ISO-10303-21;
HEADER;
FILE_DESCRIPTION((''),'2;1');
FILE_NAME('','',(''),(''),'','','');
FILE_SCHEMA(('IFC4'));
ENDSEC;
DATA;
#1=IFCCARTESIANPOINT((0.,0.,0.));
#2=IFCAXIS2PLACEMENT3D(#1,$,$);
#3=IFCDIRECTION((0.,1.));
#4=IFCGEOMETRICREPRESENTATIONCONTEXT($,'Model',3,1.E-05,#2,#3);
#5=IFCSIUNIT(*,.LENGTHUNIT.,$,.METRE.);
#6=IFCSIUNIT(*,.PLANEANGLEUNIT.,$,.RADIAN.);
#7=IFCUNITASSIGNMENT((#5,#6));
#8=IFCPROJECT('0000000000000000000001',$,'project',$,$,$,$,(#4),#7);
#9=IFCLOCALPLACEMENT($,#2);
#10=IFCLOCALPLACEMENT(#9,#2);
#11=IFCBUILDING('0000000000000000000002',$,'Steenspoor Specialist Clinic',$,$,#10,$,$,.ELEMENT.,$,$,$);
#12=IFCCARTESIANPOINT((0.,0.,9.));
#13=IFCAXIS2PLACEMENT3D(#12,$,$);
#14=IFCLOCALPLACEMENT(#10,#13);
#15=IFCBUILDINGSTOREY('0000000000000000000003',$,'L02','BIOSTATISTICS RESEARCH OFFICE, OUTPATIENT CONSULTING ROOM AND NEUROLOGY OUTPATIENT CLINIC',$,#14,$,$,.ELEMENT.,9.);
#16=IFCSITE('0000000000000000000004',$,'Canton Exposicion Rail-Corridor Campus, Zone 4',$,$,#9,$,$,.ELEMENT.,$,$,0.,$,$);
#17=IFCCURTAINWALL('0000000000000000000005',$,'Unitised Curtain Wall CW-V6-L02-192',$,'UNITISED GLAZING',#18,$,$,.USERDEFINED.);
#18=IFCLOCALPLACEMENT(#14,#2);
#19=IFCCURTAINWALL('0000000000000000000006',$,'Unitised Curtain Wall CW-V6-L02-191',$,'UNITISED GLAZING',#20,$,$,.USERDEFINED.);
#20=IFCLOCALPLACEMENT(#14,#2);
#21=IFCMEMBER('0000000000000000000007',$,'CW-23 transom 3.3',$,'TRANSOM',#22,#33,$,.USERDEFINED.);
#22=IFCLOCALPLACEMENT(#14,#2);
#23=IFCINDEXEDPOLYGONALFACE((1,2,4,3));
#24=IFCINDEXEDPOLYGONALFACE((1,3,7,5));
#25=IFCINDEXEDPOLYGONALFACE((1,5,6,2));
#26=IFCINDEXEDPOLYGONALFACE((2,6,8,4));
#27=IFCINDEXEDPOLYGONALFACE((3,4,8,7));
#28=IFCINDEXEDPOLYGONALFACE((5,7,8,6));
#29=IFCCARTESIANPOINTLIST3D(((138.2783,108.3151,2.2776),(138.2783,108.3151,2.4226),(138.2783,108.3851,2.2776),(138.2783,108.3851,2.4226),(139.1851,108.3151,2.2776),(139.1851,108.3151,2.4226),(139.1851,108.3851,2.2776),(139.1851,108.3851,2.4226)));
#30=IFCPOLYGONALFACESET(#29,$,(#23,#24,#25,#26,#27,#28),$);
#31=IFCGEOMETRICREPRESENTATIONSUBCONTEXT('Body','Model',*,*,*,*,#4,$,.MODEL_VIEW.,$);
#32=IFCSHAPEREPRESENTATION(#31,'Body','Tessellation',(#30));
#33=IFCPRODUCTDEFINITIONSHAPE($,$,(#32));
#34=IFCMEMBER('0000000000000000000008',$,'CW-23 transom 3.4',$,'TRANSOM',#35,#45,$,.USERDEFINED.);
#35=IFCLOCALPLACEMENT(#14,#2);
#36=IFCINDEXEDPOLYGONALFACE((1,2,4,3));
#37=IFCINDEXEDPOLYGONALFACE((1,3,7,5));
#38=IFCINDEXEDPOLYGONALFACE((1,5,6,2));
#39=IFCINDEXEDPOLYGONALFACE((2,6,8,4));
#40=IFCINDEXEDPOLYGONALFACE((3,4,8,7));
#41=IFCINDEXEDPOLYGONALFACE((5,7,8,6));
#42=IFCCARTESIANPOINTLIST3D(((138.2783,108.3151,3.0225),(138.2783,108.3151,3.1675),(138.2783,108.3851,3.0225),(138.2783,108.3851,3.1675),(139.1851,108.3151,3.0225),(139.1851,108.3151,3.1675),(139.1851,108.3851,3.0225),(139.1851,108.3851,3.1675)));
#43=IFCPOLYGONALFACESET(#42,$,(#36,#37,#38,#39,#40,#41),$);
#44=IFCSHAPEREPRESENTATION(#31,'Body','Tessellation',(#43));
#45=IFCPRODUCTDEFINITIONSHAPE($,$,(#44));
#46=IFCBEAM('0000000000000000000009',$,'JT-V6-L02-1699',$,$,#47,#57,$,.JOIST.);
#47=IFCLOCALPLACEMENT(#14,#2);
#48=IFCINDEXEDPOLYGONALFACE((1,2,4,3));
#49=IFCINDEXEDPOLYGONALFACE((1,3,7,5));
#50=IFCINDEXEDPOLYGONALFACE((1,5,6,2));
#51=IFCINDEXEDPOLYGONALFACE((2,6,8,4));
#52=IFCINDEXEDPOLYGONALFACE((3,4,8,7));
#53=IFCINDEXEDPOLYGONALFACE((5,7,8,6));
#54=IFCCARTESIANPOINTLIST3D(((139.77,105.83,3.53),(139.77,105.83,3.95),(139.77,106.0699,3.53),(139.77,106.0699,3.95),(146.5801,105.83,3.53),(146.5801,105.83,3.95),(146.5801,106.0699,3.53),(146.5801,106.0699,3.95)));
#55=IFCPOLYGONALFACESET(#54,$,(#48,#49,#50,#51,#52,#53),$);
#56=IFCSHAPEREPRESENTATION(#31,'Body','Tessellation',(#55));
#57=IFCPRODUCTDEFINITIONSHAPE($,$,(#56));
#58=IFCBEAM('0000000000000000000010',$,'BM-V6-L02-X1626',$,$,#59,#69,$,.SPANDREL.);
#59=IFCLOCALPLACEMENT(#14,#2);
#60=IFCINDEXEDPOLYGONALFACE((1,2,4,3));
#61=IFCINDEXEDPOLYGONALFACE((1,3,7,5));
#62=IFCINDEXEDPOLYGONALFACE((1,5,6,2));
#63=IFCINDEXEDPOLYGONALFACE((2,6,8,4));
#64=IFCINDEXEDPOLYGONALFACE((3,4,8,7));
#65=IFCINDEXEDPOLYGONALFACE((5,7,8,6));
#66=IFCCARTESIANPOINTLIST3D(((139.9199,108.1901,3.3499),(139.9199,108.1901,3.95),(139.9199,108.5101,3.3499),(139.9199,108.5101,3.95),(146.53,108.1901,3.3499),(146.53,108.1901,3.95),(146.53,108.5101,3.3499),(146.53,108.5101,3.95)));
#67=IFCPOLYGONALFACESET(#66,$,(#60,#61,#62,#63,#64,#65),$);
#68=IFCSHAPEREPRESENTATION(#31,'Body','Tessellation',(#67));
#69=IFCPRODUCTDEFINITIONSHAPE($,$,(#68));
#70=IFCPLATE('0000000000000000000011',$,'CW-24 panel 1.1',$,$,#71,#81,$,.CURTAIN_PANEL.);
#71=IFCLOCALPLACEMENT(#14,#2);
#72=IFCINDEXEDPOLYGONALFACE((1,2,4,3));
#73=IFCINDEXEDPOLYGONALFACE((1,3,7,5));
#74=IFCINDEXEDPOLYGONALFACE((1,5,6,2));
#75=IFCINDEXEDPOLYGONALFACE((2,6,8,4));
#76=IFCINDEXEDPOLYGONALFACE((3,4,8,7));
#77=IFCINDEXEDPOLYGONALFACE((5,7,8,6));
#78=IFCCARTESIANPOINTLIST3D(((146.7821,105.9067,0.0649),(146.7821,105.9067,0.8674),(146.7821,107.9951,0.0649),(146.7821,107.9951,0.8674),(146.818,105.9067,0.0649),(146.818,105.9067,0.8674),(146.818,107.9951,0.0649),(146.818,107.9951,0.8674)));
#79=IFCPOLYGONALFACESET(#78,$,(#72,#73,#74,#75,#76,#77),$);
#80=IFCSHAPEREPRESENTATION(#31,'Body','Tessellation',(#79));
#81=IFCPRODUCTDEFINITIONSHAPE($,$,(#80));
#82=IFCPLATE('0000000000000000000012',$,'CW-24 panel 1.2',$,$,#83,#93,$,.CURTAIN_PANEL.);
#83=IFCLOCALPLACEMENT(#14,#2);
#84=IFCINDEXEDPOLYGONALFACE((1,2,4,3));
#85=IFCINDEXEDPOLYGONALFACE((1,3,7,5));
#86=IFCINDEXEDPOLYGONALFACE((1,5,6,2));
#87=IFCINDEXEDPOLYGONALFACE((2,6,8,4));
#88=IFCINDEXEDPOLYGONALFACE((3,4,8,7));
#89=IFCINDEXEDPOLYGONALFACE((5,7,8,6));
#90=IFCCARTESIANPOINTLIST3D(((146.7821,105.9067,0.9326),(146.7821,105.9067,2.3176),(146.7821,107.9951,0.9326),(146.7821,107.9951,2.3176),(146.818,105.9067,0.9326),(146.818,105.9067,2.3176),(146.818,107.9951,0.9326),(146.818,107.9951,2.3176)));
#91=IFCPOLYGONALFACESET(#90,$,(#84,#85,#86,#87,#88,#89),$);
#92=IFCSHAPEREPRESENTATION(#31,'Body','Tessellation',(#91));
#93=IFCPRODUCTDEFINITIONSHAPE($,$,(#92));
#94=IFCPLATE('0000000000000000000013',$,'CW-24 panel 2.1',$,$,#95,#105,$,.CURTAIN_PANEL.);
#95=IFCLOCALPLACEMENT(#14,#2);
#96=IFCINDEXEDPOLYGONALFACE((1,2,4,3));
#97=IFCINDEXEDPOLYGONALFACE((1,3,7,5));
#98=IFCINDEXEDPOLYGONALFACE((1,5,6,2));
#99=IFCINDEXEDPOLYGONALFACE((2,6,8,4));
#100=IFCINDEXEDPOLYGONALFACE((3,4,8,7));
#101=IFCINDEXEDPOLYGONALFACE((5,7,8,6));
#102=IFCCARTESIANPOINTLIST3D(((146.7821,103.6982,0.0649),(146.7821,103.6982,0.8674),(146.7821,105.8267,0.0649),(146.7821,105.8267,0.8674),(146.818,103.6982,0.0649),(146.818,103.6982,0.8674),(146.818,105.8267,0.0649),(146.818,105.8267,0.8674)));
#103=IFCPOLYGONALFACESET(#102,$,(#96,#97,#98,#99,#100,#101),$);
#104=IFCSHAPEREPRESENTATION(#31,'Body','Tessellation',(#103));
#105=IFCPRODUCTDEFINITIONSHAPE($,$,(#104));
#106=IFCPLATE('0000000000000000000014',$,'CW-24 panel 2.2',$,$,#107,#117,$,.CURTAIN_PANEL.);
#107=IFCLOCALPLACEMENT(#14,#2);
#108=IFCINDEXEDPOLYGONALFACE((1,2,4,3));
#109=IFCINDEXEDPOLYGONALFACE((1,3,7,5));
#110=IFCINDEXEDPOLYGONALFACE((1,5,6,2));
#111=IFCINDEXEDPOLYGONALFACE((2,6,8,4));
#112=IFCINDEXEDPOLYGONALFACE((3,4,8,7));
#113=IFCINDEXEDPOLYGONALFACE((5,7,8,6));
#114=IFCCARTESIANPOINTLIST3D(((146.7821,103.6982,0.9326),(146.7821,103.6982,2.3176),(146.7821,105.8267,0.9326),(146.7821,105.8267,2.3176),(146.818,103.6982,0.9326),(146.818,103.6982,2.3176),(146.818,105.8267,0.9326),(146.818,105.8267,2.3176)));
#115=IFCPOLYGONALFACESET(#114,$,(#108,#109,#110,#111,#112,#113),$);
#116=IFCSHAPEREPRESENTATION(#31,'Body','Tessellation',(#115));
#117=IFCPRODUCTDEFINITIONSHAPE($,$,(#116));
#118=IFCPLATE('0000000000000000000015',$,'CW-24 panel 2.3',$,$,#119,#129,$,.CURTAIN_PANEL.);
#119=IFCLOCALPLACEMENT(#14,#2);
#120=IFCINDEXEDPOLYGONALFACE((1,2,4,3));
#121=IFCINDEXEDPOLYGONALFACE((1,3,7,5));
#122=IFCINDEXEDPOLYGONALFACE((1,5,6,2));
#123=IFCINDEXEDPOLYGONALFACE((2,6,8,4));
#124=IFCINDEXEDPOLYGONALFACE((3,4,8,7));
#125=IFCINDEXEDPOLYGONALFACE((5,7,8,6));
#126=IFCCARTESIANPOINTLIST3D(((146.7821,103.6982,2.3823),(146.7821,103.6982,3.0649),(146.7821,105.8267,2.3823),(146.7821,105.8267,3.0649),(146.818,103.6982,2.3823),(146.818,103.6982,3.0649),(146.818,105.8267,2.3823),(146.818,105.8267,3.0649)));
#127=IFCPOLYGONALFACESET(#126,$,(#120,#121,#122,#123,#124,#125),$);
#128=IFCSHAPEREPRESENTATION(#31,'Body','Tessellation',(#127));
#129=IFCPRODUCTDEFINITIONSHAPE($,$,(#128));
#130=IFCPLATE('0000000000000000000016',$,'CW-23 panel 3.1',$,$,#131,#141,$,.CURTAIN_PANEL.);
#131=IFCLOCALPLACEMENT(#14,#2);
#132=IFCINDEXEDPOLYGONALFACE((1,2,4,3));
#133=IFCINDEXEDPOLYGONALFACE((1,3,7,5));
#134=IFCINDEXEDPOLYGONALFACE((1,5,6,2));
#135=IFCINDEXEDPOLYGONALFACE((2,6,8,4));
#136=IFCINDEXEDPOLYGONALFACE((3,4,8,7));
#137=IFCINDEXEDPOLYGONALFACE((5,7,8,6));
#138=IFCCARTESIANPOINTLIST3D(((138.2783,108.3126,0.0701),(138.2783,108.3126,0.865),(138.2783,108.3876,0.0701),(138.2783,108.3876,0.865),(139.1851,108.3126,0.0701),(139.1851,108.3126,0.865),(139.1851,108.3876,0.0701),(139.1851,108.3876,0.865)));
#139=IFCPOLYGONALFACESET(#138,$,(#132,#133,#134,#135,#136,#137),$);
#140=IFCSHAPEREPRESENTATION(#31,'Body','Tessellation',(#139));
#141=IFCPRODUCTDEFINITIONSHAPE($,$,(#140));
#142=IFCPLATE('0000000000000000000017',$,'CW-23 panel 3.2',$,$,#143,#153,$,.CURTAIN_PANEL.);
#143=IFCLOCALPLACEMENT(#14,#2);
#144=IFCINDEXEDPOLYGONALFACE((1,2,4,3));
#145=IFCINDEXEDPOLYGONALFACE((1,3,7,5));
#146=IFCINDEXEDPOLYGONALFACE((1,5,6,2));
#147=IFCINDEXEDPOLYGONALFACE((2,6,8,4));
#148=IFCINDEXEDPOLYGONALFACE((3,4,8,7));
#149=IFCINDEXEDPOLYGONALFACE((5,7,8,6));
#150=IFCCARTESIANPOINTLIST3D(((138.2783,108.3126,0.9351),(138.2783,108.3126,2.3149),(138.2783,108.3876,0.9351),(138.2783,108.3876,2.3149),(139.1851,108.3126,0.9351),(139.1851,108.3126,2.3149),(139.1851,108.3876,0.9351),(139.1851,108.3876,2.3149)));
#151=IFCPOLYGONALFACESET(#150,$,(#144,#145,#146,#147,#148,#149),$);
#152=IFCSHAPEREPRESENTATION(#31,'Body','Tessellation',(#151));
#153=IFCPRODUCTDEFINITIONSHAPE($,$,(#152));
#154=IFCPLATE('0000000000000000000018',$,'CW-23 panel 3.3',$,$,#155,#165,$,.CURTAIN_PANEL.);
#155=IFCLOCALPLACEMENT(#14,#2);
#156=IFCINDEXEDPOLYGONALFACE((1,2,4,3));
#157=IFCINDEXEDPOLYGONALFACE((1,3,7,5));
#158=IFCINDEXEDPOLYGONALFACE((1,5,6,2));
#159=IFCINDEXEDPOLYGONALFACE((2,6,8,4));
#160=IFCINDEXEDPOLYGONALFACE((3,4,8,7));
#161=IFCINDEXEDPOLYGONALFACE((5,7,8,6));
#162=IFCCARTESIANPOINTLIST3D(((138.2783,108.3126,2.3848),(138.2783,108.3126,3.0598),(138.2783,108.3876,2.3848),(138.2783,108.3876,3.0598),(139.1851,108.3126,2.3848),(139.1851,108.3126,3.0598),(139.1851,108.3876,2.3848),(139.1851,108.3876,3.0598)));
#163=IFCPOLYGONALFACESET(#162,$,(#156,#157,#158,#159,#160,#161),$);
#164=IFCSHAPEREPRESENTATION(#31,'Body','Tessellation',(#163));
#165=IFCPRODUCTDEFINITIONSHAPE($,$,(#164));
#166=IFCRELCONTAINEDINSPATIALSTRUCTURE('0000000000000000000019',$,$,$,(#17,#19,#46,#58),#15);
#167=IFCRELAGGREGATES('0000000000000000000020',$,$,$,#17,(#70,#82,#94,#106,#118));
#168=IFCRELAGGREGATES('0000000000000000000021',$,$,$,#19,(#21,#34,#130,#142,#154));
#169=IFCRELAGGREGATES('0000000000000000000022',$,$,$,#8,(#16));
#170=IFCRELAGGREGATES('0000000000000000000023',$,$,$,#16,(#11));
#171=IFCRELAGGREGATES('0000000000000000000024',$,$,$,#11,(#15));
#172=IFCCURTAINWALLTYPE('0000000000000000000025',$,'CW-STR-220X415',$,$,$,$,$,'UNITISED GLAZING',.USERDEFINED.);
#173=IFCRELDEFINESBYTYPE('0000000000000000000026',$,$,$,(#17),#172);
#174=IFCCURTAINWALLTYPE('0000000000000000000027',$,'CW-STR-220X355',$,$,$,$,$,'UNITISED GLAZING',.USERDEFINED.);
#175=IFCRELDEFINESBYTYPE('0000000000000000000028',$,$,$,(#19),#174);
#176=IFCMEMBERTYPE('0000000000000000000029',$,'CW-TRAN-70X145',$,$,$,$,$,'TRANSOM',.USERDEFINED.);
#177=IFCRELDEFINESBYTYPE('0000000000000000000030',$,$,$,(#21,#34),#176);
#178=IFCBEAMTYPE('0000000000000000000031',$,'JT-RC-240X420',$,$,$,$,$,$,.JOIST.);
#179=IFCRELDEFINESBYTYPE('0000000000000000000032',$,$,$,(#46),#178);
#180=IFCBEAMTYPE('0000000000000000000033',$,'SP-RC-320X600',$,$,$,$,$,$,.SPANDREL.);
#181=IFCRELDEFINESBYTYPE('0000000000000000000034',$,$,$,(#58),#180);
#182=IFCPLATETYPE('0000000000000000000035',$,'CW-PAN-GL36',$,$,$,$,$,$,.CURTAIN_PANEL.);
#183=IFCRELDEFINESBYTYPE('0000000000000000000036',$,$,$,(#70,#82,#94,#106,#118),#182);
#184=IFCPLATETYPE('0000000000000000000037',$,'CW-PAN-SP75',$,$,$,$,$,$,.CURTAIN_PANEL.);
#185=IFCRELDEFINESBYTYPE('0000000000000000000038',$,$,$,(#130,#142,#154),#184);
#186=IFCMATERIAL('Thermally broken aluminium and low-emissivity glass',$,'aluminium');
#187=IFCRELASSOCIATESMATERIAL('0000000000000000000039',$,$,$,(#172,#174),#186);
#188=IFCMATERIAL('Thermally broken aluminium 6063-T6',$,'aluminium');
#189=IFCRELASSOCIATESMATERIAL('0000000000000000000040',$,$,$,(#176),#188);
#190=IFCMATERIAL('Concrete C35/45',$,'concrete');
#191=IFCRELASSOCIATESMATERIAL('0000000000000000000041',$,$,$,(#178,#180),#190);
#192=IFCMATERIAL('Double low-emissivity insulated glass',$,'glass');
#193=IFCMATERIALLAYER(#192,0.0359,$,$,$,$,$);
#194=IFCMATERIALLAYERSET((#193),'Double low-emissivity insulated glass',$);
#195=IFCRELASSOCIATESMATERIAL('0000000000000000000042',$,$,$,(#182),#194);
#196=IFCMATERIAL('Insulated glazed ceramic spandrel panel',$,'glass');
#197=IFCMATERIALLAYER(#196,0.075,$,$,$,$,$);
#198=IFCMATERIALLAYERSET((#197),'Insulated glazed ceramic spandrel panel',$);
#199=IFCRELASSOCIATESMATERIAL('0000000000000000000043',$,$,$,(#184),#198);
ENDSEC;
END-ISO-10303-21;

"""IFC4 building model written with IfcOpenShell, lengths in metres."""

from ifc_helpers import new_model, si_unit, direction, frame, origin, origin_2d, place, context, subcontext, project, spatial, rectangle, extrude, material, layer, layer_set, material_profile, profile_set, type_object, element, aggregate, save


model = new_model("IFC4")

# Units and contexts
model_context = context("Model", 3, precision=1e-05, world=origin(), true_north=direction((0.0, 1.0)))
body_context = subcontext(model_context, "Body", "Model", "MODEL_VIEW")
ifc_project = project(units=[si_unit("LENGTHUNIT", "METRE"), si_unit("PLANEANGLEUNIT", "RADIAN")], contexts=[model_context])

# Site, building, storey
site_placement = place(None, origin())
site = spatial("IfcSite", under=ifc_project, at=site_placement, Name="Canton Exposicion Rail-Corridor Campus, Zone 4", CompositionType="ELEMENT", RefElevation=0.0)
building_placement = place(site_placement, origin())
building = spatial("IfcBuilding", under=site, at=building_placement, Name="Steenspoor Specialist Clinic", CompositionType="ELEMENT")
storey_placement = place(building_placement, frame((0.0, 0.0, 9.0)))
storey = spatial("IfcBuildingStorey", under=building, at=storey_placement, Name="L02", Description="BIOSTATISTICS RESEARCH OFFICE, OUTPATIENT CONSULTING ROOM AND NEUROLOGY OUTPATIENT CLINIC", CompositionType="ELEMENT", Elevation=9.0)

# Curtain walls
ifc_material_1 = material(Name="Thermally broken aluminium and low-emissivity glass", Category="aluminium")
curtain_wall_type_1 = type_object("IfcCurtainWallType", Name="CW-STR-220X415", ElementType="UNITISED GLAZING", PredefinedType="USERDEFINED", material=ifc_material_1)
curtain_wall_1_placement = place(storey_placement, origin())
curtain_wall_1 = element("IfcCurtainWall", 1, at=curtain_wall_1_placement, inside=storey, type_object=curtain_wall_type_1, Name="Unitised Curtain Wall CW-V6-L02-192", ObjectType="UNITISED GLAZING", PredefinedType="USERDEFINED")
ifc_material_2 = material(Name="Thermally broken aluminium 6063-T6", Category="aluminium")
curtain_wall_type_2 = type_object("IfcCurtainWallType", Name="CW-STR-220X355", ElementType="UNITISED GLAZING", PredefinedType="USERDEFINED", material=ifc_material_1)
curtain_wall_2_placement = place(storey_placement, origin())
curtain_wall_2 = element("IfcCurtainWall", 2, at=curtain_wall_2_placement, inside=storey, type_object=curtain_wall_type_2, Name="Unitised Curtain Wall CW-V6-L02-191", ObjectType="UNITISED GLAZING", PredefinedType="USERDEFINED")

# Members
ifc_material_profile_1 = material_profile(ifc_material_2, rectangle(XDim=0.0701, YDim=0.145, at=origin_2d()), Name="CWT-70X145")
ifc_profile_set_1 = profile_set([ifc_material_profile_1], Name="Thermally broken aluminium 6063-T6")
member_type_1 = type_object("IfcMemberType", Name="CW-TRAN-70X145", ElementType="TRANSOM", PredefinedType="USERDEFINED", material=ifc_profile_set_1)
member_1_placement = place(storey_placement, frame((138.2783, 108.3501, 2.3501), z_axis=(1.0, 0.0, 0.0), x_axis=(0.0, 1.0, 0.0)))
member_1 = element("IfcMember", 3, at=member_1_placement, type_object=member_type_1, Name="CW-23 transom 3.3", ObjectType="TRANSOM", PredefinedType="USERDEFINED", context=body_context, shape_type="SweptSolid", body=[
    extrude(rectangle(XDim=0.0701, YDim=0.145, at=origin_2d()), origin(), (0.0, 0.0, 1.0), 0.9067),
])
member_2_placement = place(storey_placement, frame((138.2783, 108.3501, 3.095), z_axis=(1.0, 0.0, 0.0), x_axis=(0.0, 1.0, 0.0)))
member_2 = element("IfcMember", 4, at=member_2_placement, type_object=member_type_1, Name="CW-23 transom 3.4", ObjectType="TRANSOM", PredefinedType="USERDEFINED", context=body_context, shape_type="SweptSolid", body=[
    extrude(rectangle(XDim=0.0701, YDim=0.145, at=origin_2d()), origin(), (0.0, 0.0, 1.0), 0.9067),
])

# Beams
ifc_material_3 = material(Name="Concrete C35/45", Category="concrete")
ifc_material_profile_2 = material_profile(ifc_material_3, rectangle(XDim=0.24, YDim=0.4199, at=origin_2d()), Name="RC-JT-240X420")
ifc_profile_set_2 = profile_set([ifc_material_profile_2], Name="Concrete C35/45")
beam_type_1 = type_object("IfcBeamType", Name="JT-RC-240X420", PredefinedType="JOIST", material=ifc_profile_set_2)
beam_1_placement = place(storey_placement, frame((139.77, 105.95, 3.74), z_axis=(1.0, 0.0, 0.0), x_axis=(0.0, 1.0, 0.0)))
element("IfcBeam", 5, at=beam_1_placement, inside=storey, type_object=beam_type_1, Name="JT-V6-L02-1699", PredefinedType="JOIST", context=body_context, shape_type="SweptSolid", body=[
    extrude(rectangle(XDim=0.24, YDim=0.4199, at=origin_2d()), origin(), (0.0, 0.0, 1.0), 6.8101),
])
ifc_material_profile_3 = material_profile(ifc_material_3, rectangle(XDim=0.3201, YDim=0.6001, at=origin_2d()), Name="RC-SP-320X600")
ifc_profile_set_3 = profile_set([ifc_material_profile_3], Name="Concrete C35/45")
beam_type_2 = type_object("IfcBeamType", Name="SP-RC-320X600", PredefinedType="SPANDREL", material=ifc_profile_set_3)
beam_2_placement = place(storey_placement, frame((139.9199, 108.3501, 3.6499), z_axis=(1.0, 0.0, 0.0), x_axis=(0.0, 1.0, 0.0)))
element("IfcBeam", 6, at=beam_2_placement, inside=storey, type_object=beam_type_2, Name="BM-V6-L02-X1626", PredefinedType="SPANDREL", context=body_context, shape_type="SweptSolid", body=[
    extrude(rectangle(XDim=0.3201, YDim=0.6001, at=origin_2d()), origin(), (0.0, 0.0, 1.0), 6.6101),
])

# Plates
ifc_material_4 = material(Name="Double low-emissivity insulated glass", Category="glass")
ifc_layer_1 = layer(ifc_material_4, 0.0359)
ifc_layer_set_1 = layer_set([ifc_layer_1], Name="Double low-emissivity insulated glass")
plate_type_1 = type_object("IfcPlateType", Name="CW-PAN-GL36", PredefinedType="CURTAIN_PANEL", material=ifc_layer_set_1)
plate_1_placement = place(storey_placement, frame((146.8, 106.9509, 0.0649), z_axis=(0.0, 0.0, 1.0), x_axis=(0.0, -1.0, 0.0)))
plate_1 = element("IfcPlate", 7, at=plate_1_placement, type_object=plate_type_1, Name="CW-24 panel 1.1", PredefinedType="CURTAIN_PANEL", context=body_context, shape_type="SweptSolid", body=[
    extrude(rectangle(XDim=2.0884, YDim=0.0359, at=origin_2d()), origin(), (0.0, 0.0, 1.0), 0.8025),
])
plate_2_placement = place(storey_placement, frame((146.8, 106.9509, 0.9326), z_axis=(0.0, 0.0, 1.0), x_axis=(0.0, -1.0, 0.0)))
plate_2 = element("IfcPlate", 8, at=plate_2_placement, type_object=plate_type_1, Name="CW-24 panel 1.2", PredefinedType="CURTAIN_PANEL", context=body_context, shape_type="SweptSolid", body=[
    extrude(rectangle(XDim=2.0884, YDim=0.0359, at=origin_2d()), origin(), (0.0, 0.0, 1.0), 1.385),
])
plate_3_placement = place(storey_placement, frame((146.8, 104.7625, 0.0649), z_axis=(0.0, 0.0, 1.0), x_axis=(0.0, -1.0, 0.0)))
plate_3 = element("IfcPlate", 9, at=plate_3_placement, type_object=plate_type_1, Name="CW-24 panel 2.1", PredefinedType="CURTAIN_PANEL", context=body_context, shape_type="SweptSolid", body=[
    extrude(rectangle(XDim=2.1284, YDim=0.0359, at=origin_2d()), origin(), (0.0, 0.0, 1.0), 0.8025),
])
plate_4_placement = place(storey_placement, frame((146.8, 104.7625, 0.9326), z_axis=(0.0, 0.0, 1.0), x_axis=(0.0, -1.0, 0.0)))
plate_4 = element("IfcPlate", 10, at=plate_4_placement, type_object=plate_type_1, Name="CW-24 panel 2.2", PredefinedType="CURTAIN_PANEL", context=body_context, shape_type="SweptSolid", body=[
    extrude(rectangle(XDim=2.1284, YDim=0.0359, at=origin_2d()), origin(), (0.0, 0.0, 1.0), 1.385),
])
plate_5_placement = place(storey_placement, frame((146.8, 104.7625, 2.3823), z_axis=(0.0, 0.0, 1.0), x_axis=(0.0, -1.0, 0.0)))
plate_5 = element("IfcPlate", 11, at=plate_5_placement, type_object=plate_type_1, Name="CW-24 panel 2.3", PredefinedType="CURTAIN_PANEL", context=body_context, shape_type="SweptSolid", body=[
    extrude(rectangle(XDim=2.1284, YDim=0.0359, at=origin_2d()), origin(), (0.0, 0.0, 1.0), 0.6826),
])
aggregate(curtain_wall_1, [plate_1, plate_2, plate_3, plate_4, plate_5])
ifc_material_5 = material(Name="Insulated glazed ceramic spandrel panel", Category="glass")
ifc_layer_2 = layer(ifc_material_5, 0.075)
ifc_layer_set_2 = layer_set([ifc_layer_2], Name="Insulated glazed ceramic spandrel panel")
plate_type_2 = type_object("IfcPlateType", Name="CW-PAN-SP75", PredefinedType="CURTAIN_PANEL", material=ifc_layer_set_2)
plate_6_placement = place(storey_placement, frame((138.7317, 108.3501, 0.0701), z_axis=(0.0, 0.0, 1.0), x_axis=(1.0, 0.0, 0.0)))
plate_6 = element("IfcPlate", 12, at=plate_6_placement, type_object=plate_type_2, Name="CW-23 panel 3.1", PredefinedType="CURTAIN_PANEL", context=body_context, shape_type="SweptSolid", body=[
    extrude(rectangle(XDim=0.9067, YDim=0.075, at=origin_2d()), origin(), (0.0, 0.0, 1.0), 0.7949),
])
plate_7_placement = place(storey_placement, frame((138.7317, 108.3501, 0.9351), z_axis=(0.0, 0.0, 1.0), x_axis=(1.0, 0.0, 0.0)))
plate_7 = element("IfcPlate", 13, at=plate_7_placement, type_object=plate_type_2, Name="CW-23 panel 3.2", PredefinedType="CURTAIN_PANEL", context=body_context, shape_type="SweptSolid", body=[
    extrude(rectangle(XDim=0.9067, YDim=0.075, at=origin_2d()), origin(), (0.0, 0.0, 1.0), 1.3799),
])
plate_8_placement = place(storey_placement, frame((138.7317, 108.3501, 2.3848), z_axis=(0.0, 0.0, 1.0), x_axis=(1.0, 0.0, 0.0)))
plate_8 = element("IfcPlate", 14, at=plate_8_placement, type_object=plate_type_2, Name="CW-23 panel 3.3", PredefinedType="CURTAIN_PANEL", context=body_context, shape_type="SweptSolid", body=[
    extrude(rectangle(XDim=0.9067, YDim=0.075, at=origin_2d()), origin(), (0.0, 0.0, 1.0), 0.675),
])
aggregate(curtain_wall_2, [member_1, member_2, plate_6, plate_7, plate_8])

save(model, "model.ifc")
